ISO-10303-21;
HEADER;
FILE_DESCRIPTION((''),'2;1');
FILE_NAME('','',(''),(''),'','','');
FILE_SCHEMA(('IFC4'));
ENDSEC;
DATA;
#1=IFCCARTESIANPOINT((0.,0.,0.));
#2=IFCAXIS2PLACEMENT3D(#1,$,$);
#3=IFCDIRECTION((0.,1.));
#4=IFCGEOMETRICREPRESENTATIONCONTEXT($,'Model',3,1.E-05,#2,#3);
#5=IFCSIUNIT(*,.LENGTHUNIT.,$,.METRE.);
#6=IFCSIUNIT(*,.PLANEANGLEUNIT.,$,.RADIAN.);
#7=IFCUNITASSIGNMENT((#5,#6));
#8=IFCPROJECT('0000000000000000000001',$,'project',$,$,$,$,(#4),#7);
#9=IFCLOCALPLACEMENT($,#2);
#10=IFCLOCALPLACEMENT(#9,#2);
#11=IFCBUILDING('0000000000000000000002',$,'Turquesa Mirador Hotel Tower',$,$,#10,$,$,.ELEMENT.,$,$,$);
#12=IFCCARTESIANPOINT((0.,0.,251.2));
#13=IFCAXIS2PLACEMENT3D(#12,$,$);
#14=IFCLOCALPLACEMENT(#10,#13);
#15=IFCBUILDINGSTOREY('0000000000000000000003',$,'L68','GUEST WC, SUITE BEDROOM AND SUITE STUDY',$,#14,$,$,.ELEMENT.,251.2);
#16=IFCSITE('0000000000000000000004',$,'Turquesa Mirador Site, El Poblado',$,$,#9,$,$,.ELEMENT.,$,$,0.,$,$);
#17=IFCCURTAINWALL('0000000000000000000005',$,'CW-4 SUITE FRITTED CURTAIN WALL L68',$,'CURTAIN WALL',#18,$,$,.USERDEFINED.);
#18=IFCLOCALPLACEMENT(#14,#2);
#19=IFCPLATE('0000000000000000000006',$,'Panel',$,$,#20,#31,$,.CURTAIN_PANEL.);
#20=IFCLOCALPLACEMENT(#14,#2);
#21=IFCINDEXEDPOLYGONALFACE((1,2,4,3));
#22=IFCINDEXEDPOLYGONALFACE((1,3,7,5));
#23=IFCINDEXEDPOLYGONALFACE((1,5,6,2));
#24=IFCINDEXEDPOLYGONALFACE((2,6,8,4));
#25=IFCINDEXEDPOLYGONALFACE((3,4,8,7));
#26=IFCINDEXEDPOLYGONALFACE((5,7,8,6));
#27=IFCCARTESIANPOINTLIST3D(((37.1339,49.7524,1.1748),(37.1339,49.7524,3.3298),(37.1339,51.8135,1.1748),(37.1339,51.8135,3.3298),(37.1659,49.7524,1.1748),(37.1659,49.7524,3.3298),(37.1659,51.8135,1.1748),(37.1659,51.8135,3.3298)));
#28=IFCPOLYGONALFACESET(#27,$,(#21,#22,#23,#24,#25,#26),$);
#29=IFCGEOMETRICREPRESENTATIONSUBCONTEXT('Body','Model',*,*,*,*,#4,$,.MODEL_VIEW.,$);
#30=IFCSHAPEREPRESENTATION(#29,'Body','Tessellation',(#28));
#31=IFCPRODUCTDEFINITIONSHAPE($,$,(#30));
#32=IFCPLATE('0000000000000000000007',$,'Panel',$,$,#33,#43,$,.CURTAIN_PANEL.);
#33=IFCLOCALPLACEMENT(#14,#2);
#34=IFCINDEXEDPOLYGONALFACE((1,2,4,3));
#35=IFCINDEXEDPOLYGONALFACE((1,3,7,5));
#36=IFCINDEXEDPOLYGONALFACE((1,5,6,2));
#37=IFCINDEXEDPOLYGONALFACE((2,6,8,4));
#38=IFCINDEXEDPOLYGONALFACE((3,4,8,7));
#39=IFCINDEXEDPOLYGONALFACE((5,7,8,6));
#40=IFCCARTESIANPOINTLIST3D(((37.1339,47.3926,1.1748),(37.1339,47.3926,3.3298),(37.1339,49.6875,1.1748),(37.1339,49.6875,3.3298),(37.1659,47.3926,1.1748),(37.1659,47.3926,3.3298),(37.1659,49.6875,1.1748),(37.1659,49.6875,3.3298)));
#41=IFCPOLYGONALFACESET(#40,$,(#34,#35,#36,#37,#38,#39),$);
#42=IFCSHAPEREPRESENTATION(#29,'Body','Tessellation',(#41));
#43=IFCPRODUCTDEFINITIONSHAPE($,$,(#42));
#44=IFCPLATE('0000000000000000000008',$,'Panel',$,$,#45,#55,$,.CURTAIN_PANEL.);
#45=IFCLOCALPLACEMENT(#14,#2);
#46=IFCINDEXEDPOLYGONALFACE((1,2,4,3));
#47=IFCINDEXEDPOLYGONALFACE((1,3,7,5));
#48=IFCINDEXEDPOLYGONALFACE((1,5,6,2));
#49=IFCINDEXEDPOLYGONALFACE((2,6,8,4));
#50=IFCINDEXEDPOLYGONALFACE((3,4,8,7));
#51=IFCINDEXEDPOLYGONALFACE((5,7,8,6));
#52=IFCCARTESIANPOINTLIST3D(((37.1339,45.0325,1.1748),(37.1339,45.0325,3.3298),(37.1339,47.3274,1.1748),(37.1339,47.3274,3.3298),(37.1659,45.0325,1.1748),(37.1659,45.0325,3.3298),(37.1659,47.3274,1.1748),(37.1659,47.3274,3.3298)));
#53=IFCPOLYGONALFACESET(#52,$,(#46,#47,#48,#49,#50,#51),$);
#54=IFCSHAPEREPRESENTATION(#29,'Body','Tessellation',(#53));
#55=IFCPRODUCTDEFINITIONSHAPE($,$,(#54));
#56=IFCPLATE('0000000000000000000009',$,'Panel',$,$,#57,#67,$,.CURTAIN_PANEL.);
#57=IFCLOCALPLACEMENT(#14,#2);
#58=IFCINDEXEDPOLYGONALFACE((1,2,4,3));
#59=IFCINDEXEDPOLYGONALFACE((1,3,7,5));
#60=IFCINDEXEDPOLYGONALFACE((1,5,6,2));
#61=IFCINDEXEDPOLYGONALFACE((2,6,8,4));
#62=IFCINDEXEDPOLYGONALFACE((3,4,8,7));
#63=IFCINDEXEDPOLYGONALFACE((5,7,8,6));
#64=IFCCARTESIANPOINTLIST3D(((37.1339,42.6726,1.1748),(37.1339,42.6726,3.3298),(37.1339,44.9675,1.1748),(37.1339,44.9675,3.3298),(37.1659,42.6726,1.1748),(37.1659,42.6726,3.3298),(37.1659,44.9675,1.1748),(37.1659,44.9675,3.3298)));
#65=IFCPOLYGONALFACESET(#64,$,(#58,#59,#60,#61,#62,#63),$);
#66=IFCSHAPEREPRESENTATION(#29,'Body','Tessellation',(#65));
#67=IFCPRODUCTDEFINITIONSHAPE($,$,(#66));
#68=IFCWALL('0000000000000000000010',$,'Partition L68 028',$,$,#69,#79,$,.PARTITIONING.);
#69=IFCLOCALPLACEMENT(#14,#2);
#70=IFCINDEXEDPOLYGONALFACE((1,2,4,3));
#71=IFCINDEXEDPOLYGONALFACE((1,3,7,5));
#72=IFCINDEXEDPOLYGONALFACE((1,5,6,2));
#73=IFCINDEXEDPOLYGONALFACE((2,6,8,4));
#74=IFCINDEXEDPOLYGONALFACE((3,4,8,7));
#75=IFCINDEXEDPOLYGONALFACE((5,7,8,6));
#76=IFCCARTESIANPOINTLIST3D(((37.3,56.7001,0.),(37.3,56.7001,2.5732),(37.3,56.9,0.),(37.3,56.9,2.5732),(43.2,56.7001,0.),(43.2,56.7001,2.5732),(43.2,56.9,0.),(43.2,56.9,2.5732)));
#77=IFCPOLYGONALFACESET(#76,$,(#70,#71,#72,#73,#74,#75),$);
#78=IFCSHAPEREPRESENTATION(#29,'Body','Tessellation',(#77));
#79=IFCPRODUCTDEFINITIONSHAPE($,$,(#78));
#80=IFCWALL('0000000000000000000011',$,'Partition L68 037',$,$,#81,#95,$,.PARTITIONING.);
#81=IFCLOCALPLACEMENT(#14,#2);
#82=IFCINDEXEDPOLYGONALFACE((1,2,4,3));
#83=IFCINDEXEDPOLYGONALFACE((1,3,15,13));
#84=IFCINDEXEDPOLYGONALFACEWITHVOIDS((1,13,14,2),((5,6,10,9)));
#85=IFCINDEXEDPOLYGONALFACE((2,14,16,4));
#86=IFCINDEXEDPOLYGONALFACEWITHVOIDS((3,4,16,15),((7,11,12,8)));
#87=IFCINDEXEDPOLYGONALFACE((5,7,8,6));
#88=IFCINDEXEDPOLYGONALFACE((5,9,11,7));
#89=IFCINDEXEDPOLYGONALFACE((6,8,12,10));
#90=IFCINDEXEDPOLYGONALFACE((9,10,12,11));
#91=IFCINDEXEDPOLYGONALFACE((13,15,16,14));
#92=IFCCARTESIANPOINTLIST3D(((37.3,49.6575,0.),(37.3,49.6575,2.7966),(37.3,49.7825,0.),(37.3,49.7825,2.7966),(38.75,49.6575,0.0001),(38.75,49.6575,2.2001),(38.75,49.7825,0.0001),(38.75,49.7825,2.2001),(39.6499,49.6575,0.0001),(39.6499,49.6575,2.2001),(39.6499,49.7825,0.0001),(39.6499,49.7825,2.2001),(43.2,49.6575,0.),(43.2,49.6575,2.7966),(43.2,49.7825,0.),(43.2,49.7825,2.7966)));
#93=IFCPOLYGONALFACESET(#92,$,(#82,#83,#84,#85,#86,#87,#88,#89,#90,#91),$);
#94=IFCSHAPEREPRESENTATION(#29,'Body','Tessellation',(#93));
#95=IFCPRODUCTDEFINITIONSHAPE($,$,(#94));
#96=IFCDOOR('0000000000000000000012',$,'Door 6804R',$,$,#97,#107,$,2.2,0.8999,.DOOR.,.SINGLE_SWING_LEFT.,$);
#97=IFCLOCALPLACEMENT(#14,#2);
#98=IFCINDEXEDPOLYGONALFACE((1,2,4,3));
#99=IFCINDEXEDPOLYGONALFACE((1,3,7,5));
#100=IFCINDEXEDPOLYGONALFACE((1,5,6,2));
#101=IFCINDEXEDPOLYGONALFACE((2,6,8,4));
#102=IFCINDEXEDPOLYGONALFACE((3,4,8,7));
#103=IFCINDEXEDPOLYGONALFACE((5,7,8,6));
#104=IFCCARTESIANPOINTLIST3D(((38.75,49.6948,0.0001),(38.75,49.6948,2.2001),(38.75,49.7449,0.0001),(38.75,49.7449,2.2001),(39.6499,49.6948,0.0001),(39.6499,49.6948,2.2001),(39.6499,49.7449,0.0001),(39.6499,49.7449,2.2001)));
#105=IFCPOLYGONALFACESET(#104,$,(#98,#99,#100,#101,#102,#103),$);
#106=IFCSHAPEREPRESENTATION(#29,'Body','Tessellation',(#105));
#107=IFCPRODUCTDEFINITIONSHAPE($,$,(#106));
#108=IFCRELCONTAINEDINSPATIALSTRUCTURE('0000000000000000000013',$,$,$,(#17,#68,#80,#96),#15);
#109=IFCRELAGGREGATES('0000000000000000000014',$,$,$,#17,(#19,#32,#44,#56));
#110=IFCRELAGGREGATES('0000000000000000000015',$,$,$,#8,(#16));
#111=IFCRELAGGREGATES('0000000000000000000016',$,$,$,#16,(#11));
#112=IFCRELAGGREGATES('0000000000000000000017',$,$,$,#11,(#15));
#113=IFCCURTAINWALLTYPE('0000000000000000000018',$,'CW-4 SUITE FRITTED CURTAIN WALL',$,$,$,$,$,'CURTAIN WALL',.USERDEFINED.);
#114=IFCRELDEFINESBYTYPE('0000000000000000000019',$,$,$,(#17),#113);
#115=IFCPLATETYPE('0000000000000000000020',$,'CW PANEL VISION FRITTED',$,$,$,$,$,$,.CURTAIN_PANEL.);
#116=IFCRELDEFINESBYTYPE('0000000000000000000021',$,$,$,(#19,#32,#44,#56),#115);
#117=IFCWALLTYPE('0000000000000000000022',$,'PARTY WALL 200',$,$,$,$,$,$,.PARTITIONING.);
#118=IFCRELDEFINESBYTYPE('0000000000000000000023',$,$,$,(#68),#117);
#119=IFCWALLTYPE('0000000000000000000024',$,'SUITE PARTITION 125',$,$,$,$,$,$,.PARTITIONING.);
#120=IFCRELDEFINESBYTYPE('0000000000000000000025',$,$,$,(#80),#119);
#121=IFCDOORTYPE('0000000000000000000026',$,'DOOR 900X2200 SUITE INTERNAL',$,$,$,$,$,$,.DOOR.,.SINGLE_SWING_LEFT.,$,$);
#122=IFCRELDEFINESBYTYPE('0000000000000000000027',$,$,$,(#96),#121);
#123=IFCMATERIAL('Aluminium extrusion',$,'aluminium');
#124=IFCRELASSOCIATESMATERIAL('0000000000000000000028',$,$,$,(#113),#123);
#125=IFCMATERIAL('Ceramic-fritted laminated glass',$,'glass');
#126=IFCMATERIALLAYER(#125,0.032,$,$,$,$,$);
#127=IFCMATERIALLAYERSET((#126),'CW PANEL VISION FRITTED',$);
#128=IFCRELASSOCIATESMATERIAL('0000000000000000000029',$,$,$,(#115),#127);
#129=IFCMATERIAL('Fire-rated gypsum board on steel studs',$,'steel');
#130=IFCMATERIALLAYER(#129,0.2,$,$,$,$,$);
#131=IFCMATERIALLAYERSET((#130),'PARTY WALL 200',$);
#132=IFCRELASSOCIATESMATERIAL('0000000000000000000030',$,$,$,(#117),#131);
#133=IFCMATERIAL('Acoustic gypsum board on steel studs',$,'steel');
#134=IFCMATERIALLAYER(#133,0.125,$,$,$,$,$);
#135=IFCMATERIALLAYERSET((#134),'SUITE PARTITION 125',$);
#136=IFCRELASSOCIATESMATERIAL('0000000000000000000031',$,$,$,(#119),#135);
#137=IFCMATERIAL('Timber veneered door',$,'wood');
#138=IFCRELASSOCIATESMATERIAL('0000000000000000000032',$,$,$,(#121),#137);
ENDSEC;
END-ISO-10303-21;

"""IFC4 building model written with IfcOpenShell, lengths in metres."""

from ifc_helpers import new_model, si_unit, direction, frame, frame_2d, origin, origin_2d, place, context, subcontext, project, spatial, rectangle, extrude, material, layer, layer_set, type_object, element, fill, aggregate, save


model = new_model("IFC4")

# Units and contexts
model_context = context("Model", 3, precision=1e-05, world=origin(), true_north=direction((0.0, 1.0)))
body_context = subcontext(model_context, "Body", "Model", "MODEL_VIEW")
ifc_project = project(units=[si_unit("LENGTHUNIT", "METRE"), si_unit("PLANEANGLEUNIT", "RADIAN")], contexts=[model_context])

# Site, building, storey
site_placement = place(None, origin())
site = spatial("IfcSite", under=ifc_project, at=site_placement, Name="Turquesa Mirador Site, El Poblado", CompositionType="ELEMENT", RefElevation=0.0)
building_placement = place(site_placement, origin())
building = spatial("IfcBuilding", under=site, at=building_placement, Name="Turquesa Mirador Hotel Tower", CompositionType="ELEMENT")
storey_placement = place(building_placement, frame((0.0, 0.0, 251.2)))
storey = spatial("IfcBuildingStorey", under=building, at=storey_placement, Name="L68", Description="GUEST WC, SUITE BEDROOM AND SUITE STUDY", CompositionType="ELEMENT", Elevation=251.2)

# Curtain wall
ifc_material_1 = material(Name="Aluminium extrusion", Category="aluminium")
curtain_wall_type = type_object("IfcCurtainWallType", Name="CW-4 SUITE FRITTED CURTAIN WALL", ElementType="CURTAIN WALL", PredefinedType="USERDEFINED", material=ifc_material_1)
curtain_wall_1_placement = place(storey_placement, origin())
curtain_wall_1 = element("IfcCurtainWall", 1, at=curtain_wall_1_placement, inside=storey, type_object=curtain_wall_type, Name="CW-4 SUITE FRITTED CURTAIN WALL L68", ObjectType="CURTAIN WALL", PredefinedType="USERDEFINED")

# Plates
ifc_material_2 = material(Name="Ceramic-fritted laminated glass", Category="glass")
ifc_layer_1 = layer(ifc_material_2, 0.032)
ifc_layer_set_1 = layer_set([ifc_layer_1], Name="CW PANEL VISION FRITTED")
plate_type_1 = type_object("IfcPlateType", Name="CW PANEL VISION FRITTED", PredefinedType="CURTAIN_PANEL", material=ifc_layer_set_1)
plate_1_placement = place(storey_placement, frame((37.1499, 50.783, 1.1748), z_axis=(0.0, 0.0, 1.0), x_axis=(0.0, -1.0, 0.0)))
plate_1 = element("IfcPlate", 2, at=plate_1_placement, type_object=plate_type_1, Name="Panel", PredefinedType="CURTAIN_PANEL", context=body_context, shape_type="SweptSolid", body=[
    extrude(rectangle(XDim=2.061, YDim=0.032, at=origin_2d()), origin(), (0.0, 0.0, 1.0), 2.155),
])
plate_2_placement = place(storey_placement, frame((37.1499, 48.54, 1.1748), z_axis=(0.0, 0.0, 1.0), x_axis=(0.0, -1.0, 0.0)))
plate_2 = element("IfcPlate", 3, at=plate_2_placement, type_object=plate_type_1, Name="Panel", PredefinedType="CURTAIN_PANEL", context=body_context, shape_type="SweptSolid", body=[
    extrude(rectangle(XDim=2.2949, YDim=0.032, at=origin_2d()), origin(), (0.0, 0.0, 1.0), 2.155),
])
plate_3_placement = place(storey_placement, frame((37.1499, 46.1799, 1.1748), z_axis=(0.0, 0.0, 1.0), x_axis=(0.0, -1.0, 0.0)))
plate_3 = element("IfcPlate", 4, at=plate_3_placement, type_object=plate_type_1, Name="Panel", PredefinedType="CURTAIN_PANEL", context=body_context, shape_type="SweptSolid", body=[
    extrude(rectangle(XDim=2.2949, YDim=0.032, at=origin_2d()), origin(), (0.0, 0.0, 1.0), 2.155),
])
plate_4_placement = place(storey_placement, frame((37.1499, 43.8201, 1.1748), z_axis=(0.0, 0.0, 1.0), x_axis=(0.0, -1.0, 0.0)))
plate_4 = element("IfcPlate", 5, at=plate_4_placement, type_object=plate_type_1, Name="Panel", PredefinedType="CURTAIN_PANEL", context=body_context, shape_type="SweptSolid", body=[
    extrude(rectangle(XDim=2.2949, YDim=0.032, at=origin_2d()), origin(), (0.0, 0.0, 1.0), 2.155),
])
aggregate(curtain_wall_1, [plate_1, plate_2, plate_3, plate_4])

# Wall
ifc_material_3 = material(Name="Fire-rated gypsum board on steel studs", Category="steel")
ifc_layer_2 = layer(ifc_material_3, 0.2)
ifc_layer_set_2 = layer_set([ifc_layer_2], Name="PARTY WALL 200")
wall_type_1 = type_object("IfcWallType", Name="PARTY WALL 200", PredefinedType="PARTITIONING", material=ifc_layer_set_2)
wall_1_placement = place(storey_placement, frame((37.3, 56.8, 0.0), z_axis=(0.0, 0.0, 1.0), x_axis=(1.0, 0.0, 0.0)))
element("IfcWall", 6, at=wall_1_placement, inside=storey, type_object=wall_type_1, Name="Partition L68 028", PredefinedType="PARTITIONING", context=body_context, shape_type="SweptSolid", body=[
    extrude(rectangle(XDim=5.8999, YDim=0.2, at=frame_2d((2.95, 0.0))), origin(), (0.0, 0.0, 1.0), 2.5732),
])

# Wall, opening, door
ifc_material_4 = material(Name="Acoustic gypsum board on steel studs", Category="steel")
ifc_layer_3 = layer(ifc_material_4, 0.125)
ifc_layer_set_3 = layer_set([ifc_layer_3], Name="SUITE PARTITION 125")
wall_type_2 = type_object("IfcWallType", Name="SUITE PARTITION 125", PredefinedType="PARTITIONING", material=ifc_layer_set_3)
wall_2_placement = place(storey_placement, frame((37.3, 49.72, 0.0), z_axis=(0.0, 0.0, 1.0), x_axis=(1.0, 0.0, 0.0)))
wall_2 = element("IfcWall", 7, at=wall_2_placement, inside=storey, type_object=wall_type_2, Name="Partition L68 037", PredefinedType="PARTITIONING", context=body_context, shape_type="SweptSolid", body=[
    extrude(rectangle(XDim=5.8999, YDim=0.125, at=frame_2d((2.95, 0.0))), origin(), (0.0, 0.0, 1.0), 2.7966),
])
opening_placement = place(wall_2_placement, frame((1.45, 0.0, 0.0)))
opening = element("IfcOpeningElement", 8, at=opening_placement, cuts=wall_2, PredefinedType="OPENING", context=body_context, shape_type="SweptSolid", body=[
    extrude(rectangle(XDim=0.8999, YDim=2.2, at=frame_2d((0.45, 1.1001))), frame((0.0, 0.0725, 0.0), z_axis=(0.0, -1.0, 0.0), x_axis=(1.0, 0.0, 0.0)), (0.0, 0.0, 1.0), 0.145),
])
ifc_material_5 = material(Name="Timber veneered door", Category="wood")
door_type = type_object("IfcDoorType", Name="DOOR 900X2200 SUITE INTERNAL", OperationType="SINGLE_SWING_LEFT", PredefinedType="DOOR", material=ifc_material_5)
door_placement = place(opening_placement, origin())
door = element("IfcDoor", 9, at=door_placement, inside=storey, type_object=door_type, Name="Door 6804R", OperationType="SINGLE_SWING_LEFT", OverallHeight=2.2, OverallWidth=0.8999, PredefinedType="DOOR", context=body_context, shape_type="SweptSolid", body=[
    extrude(rectangle(XDim=0.8999, YDim=2.2, at=frame_2d((0.45, 1.1001))), frame((0.0, 0.0249, 0.0), z_axis=(0.0, -1.0, 0.0), x_axis=(1.0, 0.0, 0.0)), (0.0, 0.0, 1.0), 0.05),
])
fill(opening, door)

save(model, "model.ifc")
